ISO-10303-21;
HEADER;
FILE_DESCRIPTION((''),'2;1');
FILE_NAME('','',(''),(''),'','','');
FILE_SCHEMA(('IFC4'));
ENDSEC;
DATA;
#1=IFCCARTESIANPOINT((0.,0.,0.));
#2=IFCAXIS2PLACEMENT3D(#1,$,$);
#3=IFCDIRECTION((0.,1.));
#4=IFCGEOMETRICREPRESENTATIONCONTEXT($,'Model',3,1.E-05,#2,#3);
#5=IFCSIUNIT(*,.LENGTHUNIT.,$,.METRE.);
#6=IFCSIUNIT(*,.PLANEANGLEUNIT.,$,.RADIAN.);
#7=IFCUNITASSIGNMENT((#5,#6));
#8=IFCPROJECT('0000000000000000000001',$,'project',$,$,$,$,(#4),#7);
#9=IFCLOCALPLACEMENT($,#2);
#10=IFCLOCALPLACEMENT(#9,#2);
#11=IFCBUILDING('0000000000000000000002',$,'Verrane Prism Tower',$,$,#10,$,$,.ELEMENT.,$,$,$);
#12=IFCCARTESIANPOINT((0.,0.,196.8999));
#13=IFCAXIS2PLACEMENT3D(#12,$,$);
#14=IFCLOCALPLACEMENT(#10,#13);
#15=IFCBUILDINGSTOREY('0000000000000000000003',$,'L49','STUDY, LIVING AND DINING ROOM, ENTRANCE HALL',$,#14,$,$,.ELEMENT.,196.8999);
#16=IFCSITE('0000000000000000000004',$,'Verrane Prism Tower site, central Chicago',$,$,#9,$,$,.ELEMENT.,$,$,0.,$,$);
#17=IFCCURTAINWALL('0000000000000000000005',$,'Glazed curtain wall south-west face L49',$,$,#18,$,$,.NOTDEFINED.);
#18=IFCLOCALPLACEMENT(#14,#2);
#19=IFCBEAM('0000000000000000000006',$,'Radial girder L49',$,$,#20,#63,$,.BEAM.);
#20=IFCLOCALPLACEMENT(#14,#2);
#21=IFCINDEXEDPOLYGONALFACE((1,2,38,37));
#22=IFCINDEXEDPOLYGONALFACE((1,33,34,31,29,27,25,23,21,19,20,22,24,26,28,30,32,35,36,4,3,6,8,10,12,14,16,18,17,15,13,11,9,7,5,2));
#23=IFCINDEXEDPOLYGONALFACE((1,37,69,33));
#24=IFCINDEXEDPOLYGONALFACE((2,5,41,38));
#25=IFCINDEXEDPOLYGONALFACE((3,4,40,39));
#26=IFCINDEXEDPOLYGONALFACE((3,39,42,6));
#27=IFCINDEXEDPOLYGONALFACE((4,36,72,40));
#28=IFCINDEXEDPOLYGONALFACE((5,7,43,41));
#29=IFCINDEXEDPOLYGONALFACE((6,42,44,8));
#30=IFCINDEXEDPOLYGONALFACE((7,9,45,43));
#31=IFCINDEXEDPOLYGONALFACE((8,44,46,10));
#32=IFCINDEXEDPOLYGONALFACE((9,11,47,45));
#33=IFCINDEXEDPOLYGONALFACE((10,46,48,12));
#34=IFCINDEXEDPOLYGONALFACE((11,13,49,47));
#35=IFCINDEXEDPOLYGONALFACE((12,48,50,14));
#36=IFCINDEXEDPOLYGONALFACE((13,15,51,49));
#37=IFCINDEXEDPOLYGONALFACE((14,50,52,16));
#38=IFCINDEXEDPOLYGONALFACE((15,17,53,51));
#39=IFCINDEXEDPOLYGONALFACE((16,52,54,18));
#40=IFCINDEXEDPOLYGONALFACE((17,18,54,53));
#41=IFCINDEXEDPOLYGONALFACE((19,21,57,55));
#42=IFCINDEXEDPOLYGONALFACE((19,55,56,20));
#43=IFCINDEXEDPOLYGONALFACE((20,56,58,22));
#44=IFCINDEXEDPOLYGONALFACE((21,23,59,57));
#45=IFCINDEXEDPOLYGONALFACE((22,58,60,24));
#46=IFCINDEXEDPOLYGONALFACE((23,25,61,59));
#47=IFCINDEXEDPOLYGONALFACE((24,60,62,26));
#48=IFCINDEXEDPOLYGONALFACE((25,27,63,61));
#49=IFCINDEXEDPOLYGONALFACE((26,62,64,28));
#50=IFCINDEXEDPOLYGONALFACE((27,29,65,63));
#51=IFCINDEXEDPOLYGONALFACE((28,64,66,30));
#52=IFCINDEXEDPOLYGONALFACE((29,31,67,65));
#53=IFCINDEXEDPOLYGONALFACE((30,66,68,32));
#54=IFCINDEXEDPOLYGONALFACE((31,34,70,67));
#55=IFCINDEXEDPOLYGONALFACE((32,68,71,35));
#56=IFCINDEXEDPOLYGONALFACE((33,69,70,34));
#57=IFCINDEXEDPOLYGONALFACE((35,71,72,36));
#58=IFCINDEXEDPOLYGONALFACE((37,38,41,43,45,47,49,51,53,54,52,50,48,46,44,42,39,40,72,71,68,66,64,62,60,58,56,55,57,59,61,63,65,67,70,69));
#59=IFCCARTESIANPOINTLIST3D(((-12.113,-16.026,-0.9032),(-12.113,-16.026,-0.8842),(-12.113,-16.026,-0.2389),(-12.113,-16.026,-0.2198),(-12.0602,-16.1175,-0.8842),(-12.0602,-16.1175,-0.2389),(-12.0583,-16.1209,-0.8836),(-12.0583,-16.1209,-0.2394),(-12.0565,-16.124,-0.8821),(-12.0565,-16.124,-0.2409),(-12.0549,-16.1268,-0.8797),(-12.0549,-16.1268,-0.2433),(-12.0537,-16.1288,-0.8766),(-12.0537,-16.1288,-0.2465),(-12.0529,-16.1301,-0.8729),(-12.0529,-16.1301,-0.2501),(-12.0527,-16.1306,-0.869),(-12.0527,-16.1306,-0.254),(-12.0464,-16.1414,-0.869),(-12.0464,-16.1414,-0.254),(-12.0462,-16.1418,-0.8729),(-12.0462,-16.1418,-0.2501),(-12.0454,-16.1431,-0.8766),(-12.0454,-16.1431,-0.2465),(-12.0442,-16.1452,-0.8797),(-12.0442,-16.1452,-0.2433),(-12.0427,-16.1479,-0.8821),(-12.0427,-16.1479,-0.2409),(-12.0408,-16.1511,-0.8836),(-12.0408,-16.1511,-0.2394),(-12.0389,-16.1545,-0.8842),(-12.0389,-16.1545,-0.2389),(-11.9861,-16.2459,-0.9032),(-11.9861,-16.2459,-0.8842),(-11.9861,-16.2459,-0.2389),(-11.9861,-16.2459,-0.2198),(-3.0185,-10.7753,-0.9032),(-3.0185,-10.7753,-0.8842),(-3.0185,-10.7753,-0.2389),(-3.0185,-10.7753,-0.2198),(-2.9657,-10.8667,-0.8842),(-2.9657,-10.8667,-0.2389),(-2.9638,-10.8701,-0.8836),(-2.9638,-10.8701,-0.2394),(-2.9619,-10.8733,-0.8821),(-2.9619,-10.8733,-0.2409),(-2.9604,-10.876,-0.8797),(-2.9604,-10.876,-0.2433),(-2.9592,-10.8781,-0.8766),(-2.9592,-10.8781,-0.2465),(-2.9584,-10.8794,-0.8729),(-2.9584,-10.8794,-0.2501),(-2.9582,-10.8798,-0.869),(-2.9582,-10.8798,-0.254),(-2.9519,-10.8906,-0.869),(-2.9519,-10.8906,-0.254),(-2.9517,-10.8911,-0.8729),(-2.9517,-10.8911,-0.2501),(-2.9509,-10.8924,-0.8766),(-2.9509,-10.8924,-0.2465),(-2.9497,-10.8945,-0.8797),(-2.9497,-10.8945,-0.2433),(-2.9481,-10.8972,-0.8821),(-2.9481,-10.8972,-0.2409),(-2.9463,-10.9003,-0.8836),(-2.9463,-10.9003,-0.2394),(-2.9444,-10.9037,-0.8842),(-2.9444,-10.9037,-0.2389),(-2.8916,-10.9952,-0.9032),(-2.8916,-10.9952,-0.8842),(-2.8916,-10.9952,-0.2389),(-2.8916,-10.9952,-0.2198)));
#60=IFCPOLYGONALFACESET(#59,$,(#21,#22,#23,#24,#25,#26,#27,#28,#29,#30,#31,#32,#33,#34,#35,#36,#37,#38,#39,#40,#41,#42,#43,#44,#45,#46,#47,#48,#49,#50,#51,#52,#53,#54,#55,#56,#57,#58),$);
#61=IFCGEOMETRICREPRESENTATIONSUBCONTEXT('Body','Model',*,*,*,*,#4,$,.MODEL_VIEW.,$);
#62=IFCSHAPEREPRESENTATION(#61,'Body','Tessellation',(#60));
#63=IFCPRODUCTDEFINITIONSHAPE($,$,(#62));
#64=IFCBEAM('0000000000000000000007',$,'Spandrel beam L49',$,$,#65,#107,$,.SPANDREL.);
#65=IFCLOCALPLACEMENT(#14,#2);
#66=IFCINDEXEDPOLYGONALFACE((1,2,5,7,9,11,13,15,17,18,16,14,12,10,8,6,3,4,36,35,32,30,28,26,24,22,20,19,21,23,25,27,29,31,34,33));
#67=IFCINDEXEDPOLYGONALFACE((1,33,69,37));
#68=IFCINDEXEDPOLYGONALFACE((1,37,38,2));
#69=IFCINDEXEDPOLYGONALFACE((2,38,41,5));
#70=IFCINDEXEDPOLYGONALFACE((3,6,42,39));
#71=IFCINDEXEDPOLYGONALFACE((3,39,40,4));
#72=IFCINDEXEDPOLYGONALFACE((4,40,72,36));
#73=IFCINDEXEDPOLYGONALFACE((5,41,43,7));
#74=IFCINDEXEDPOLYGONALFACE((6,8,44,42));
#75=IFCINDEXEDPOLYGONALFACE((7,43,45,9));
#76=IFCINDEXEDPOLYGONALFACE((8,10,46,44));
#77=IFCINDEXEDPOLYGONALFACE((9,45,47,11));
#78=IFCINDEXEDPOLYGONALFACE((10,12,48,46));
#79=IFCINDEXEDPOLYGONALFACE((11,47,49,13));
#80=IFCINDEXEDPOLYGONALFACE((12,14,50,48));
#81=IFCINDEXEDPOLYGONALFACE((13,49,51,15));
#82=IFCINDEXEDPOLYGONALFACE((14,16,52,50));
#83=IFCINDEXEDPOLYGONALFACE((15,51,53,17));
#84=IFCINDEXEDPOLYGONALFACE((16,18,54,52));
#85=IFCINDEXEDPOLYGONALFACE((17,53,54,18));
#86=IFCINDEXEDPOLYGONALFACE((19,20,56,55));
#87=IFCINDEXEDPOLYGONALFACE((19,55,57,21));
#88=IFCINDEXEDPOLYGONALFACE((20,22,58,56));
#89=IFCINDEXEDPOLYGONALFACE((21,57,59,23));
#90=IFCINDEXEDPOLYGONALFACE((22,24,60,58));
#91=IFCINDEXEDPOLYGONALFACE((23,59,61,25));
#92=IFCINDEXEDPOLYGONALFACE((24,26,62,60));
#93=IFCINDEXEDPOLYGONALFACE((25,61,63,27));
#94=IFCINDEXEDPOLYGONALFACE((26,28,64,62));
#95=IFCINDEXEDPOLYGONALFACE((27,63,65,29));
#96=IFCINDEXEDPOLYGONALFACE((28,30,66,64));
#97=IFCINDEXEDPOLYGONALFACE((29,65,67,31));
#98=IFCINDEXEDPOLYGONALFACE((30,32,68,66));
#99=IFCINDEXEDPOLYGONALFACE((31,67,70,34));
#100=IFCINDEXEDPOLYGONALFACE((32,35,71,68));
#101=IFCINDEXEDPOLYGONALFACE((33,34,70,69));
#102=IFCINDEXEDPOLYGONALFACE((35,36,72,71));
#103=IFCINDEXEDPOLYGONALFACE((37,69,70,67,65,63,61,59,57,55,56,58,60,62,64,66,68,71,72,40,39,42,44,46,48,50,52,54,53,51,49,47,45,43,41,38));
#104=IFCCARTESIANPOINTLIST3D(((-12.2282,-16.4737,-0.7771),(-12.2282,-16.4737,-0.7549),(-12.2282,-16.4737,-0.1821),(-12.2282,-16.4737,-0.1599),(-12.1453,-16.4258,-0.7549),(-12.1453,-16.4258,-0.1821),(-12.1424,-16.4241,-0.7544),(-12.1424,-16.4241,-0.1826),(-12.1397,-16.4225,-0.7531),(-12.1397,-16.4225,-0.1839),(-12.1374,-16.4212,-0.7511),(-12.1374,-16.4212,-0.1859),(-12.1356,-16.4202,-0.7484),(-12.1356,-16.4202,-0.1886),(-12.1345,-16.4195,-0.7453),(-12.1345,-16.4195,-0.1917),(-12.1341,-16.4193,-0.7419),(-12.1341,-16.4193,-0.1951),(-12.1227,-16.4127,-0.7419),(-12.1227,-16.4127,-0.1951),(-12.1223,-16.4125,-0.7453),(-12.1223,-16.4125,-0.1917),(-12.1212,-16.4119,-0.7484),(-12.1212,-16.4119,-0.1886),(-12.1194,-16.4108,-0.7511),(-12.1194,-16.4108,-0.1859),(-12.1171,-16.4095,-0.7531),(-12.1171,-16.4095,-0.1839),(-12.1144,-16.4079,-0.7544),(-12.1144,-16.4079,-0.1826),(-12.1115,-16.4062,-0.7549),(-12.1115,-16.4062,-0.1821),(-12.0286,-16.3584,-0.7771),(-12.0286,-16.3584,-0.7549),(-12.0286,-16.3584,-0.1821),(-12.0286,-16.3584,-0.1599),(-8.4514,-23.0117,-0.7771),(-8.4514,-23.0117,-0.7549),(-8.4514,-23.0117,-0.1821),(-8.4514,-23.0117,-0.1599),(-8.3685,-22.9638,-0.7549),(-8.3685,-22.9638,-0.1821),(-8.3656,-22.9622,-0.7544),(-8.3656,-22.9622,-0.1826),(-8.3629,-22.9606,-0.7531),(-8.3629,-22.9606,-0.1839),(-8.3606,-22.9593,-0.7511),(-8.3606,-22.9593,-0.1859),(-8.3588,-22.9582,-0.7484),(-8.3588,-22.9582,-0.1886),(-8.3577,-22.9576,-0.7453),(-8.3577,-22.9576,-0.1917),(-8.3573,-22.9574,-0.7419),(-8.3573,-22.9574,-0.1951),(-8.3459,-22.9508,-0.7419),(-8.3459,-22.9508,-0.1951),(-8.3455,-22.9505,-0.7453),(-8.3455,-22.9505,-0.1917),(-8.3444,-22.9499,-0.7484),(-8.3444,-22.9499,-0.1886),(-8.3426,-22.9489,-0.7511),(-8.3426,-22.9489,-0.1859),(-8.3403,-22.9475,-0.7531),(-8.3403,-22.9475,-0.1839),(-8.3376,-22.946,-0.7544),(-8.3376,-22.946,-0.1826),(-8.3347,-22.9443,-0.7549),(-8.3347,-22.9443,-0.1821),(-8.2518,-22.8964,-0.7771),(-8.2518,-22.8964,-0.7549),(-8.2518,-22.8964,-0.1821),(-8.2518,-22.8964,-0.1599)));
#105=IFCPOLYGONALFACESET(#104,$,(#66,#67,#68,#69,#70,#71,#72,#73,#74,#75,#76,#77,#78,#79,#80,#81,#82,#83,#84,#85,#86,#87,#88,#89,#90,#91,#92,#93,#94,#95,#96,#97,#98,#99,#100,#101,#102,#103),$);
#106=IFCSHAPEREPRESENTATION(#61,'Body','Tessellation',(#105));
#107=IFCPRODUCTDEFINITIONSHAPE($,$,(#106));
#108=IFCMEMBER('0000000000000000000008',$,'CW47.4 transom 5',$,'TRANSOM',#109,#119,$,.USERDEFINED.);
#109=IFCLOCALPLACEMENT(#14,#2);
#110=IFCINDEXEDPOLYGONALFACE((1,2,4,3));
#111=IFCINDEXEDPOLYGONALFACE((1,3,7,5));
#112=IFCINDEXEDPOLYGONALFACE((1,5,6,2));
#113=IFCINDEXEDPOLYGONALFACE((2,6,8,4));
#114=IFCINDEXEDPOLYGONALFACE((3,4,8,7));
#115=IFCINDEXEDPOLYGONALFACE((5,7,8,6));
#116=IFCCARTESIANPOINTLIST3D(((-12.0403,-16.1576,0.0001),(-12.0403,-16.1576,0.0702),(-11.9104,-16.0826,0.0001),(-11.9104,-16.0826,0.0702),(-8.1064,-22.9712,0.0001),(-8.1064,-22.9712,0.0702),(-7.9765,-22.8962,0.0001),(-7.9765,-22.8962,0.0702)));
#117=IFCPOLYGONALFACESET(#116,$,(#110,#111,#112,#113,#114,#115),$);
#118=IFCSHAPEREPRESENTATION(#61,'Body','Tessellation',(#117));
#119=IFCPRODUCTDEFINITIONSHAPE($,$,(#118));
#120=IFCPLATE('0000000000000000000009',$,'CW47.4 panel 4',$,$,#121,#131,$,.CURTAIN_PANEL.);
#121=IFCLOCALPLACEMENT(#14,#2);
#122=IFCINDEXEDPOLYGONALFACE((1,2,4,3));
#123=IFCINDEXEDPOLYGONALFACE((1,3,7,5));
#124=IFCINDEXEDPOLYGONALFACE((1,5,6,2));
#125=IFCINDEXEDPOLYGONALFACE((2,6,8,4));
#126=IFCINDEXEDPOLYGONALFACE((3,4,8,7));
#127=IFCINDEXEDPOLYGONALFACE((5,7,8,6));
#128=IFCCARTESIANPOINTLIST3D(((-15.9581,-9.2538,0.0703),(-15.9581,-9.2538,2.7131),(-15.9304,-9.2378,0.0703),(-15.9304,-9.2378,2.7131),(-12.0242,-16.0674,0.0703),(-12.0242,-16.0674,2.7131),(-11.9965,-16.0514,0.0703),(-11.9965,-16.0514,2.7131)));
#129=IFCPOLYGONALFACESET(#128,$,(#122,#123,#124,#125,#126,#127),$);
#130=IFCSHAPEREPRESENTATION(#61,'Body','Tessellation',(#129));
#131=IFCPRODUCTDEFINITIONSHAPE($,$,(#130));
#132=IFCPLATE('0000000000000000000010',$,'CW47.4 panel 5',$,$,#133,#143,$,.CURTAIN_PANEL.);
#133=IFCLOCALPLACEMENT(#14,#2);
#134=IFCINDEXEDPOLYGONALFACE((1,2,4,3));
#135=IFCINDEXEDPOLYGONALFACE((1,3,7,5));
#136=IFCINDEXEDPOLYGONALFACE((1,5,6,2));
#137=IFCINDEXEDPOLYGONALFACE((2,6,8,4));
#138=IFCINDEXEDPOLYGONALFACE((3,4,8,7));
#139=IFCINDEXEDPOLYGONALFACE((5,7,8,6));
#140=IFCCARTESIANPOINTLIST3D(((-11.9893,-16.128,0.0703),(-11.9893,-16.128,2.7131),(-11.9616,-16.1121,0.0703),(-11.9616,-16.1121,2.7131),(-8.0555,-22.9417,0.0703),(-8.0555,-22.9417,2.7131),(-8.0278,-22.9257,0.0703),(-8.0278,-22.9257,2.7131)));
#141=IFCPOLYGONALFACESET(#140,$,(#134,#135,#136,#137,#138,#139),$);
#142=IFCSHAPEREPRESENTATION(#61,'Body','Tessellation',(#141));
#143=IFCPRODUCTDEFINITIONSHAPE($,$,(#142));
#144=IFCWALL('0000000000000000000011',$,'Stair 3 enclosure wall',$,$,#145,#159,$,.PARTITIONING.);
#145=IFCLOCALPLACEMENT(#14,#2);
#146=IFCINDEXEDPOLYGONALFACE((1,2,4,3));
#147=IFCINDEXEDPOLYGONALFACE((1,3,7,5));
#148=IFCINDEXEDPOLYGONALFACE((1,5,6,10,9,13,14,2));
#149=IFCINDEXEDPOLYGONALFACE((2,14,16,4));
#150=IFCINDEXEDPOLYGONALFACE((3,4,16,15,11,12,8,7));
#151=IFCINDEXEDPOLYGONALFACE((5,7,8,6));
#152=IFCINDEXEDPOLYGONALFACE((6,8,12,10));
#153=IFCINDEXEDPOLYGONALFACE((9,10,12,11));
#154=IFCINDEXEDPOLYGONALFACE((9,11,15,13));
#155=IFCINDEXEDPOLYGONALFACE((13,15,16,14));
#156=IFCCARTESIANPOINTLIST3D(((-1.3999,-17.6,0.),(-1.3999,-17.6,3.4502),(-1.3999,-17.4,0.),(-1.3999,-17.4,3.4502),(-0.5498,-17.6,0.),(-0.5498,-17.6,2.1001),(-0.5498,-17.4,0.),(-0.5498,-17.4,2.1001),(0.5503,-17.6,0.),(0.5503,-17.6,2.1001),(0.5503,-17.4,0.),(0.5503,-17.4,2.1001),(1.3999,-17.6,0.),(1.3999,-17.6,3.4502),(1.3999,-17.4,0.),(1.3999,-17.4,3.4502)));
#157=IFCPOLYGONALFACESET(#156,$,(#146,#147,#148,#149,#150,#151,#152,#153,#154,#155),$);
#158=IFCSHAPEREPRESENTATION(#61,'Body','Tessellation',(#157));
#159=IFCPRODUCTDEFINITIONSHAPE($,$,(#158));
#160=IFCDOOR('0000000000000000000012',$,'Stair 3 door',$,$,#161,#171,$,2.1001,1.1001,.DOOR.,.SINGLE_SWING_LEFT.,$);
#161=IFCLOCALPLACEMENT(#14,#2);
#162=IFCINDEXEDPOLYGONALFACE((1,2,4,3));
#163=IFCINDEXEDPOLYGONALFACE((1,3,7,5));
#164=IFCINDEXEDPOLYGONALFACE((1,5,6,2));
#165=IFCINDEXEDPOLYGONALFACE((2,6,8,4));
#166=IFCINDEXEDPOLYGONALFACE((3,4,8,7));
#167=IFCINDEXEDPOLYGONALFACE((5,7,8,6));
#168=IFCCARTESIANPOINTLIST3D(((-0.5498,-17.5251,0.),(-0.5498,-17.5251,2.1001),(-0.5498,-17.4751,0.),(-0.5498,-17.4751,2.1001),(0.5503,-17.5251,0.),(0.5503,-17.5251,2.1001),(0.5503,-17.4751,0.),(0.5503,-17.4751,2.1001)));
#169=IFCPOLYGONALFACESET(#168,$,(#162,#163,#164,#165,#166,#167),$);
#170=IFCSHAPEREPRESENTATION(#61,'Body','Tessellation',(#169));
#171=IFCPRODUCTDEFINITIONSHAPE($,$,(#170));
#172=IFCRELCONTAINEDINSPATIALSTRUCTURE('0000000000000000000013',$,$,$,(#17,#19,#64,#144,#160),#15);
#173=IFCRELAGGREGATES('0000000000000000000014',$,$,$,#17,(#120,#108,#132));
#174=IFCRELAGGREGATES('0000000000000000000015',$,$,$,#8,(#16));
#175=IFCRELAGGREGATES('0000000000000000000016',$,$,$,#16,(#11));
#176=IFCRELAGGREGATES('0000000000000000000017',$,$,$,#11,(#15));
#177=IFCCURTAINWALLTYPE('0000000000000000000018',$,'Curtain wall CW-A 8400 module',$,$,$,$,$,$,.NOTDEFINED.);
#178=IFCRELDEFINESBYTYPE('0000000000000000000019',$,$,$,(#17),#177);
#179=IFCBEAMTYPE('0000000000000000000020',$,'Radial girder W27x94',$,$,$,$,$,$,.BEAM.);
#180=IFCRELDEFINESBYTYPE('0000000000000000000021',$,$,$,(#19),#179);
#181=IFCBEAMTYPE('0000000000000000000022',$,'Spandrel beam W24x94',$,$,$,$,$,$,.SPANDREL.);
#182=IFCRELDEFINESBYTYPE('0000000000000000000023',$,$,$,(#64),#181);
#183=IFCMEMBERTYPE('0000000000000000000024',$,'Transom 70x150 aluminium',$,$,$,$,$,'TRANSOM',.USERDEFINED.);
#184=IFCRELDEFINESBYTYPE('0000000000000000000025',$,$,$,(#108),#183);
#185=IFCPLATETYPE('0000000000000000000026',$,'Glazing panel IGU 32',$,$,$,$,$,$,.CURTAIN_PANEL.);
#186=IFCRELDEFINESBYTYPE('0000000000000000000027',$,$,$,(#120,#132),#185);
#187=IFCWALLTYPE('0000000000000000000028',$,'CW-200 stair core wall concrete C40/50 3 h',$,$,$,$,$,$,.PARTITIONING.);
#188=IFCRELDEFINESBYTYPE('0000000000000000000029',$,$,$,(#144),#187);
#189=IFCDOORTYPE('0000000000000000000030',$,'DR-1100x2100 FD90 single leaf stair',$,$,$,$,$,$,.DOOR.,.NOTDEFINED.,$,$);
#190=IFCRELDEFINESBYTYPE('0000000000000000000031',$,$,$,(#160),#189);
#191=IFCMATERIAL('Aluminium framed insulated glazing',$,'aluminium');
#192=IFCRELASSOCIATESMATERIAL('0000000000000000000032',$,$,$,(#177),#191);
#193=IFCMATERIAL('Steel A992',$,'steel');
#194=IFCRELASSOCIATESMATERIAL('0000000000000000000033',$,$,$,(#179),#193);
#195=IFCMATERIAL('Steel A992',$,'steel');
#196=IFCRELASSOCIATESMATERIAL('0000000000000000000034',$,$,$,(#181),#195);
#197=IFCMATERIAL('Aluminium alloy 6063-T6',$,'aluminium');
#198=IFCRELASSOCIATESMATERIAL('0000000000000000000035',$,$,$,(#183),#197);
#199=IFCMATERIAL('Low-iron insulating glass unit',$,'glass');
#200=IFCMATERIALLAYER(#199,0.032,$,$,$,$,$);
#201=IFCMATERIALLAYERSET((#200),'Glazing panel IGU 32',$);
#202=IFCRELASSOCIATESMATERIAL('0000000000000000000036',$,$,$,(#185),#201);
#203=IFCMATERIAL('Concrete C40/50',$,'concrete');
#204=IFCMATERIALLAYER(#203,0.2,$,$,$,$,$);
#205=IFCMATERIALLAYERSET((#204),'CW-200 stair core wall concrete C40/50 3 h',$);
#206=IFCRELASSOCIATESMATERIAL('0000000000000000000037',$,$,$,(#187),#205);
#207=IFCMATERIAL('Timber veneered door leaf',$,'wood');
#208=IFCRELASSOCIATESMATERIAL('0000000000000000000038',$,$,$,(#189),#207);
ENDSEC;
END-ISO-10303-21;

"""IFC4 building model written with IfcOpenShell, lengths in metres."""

from ifc_helpers import new_model, si_unit, direction, frame, frame_2d, origin, origin_2d, place, context, subcontext, project, spatial, rectangle, i_section, extrude, material, layer, layer_set, material_profile, profile_set, type_object, element, fill, aggregate, save


model = new_model("IFC4")

# Units and contexts
model_context = context("Model", 3, precision=1e-05, world=origin(), true_north=direction((0.0, 1.0)))
body_context = subcontext(model_context, "Body", "Model", "MODEL_VIEW")
ifc_project = project(units=[si_unit("LENGTHUNIT", "METRE"), si_unit("PLANEANGLEUNIT", "RADIAN")], contexts=[model_context])

# Site, building, storey
site_placement = place(None, origin())
site = spatial("IfcSite", under=ifc_project, at=site_placement, Name="Verrane Prism Tower site, central Chicago", CompositionType="ELEMENT", RefElevation=0.0)
building_placement = place(site_placement, origin())
building = spatial("IfcBuilding", under=site, at=building_placement, Name="Verrane Prism Tower", CompositionType="ELEMENT")
storey_placement = place(building_placement, frame((0.0, 0.0, 196.8999)))
storey = spatial("IfcBuildingStorey", under=building, at=storey_placement, Name="L49", Description="STUDY, LIVING AND DINING ROOM, ENTRANCE HALL", CompositionType="ELEMENT", Elevation=196.8999)

# Curtain wall
ifc_material_1 = material(Name="Aluminium framed insulated glazing", Category="aluminium")
curtain_wall_type = type_object("IfcCurtainWallType", Name="Curtain wall CW-A 8400 module", PredefinedType="NOTDEFINED", material=ifc_material_1)
curtain_wall_placement = place(storey_placement, origin())
curtain_wall = element("IfcCurtainWall", 1, at=curtain_wall_placement, inside=storey, type_object=curtain_wall_type, Name="Glazed curtain wall south-west face L49", PredefinedType="NOTDEFINED")

# Beams
ifc_material_2 = material(Name="Steel A992", Category="steel")
ifc_material_profile_1 = material_profile(ifc_material_2, i_section(OverallWidth=0.2539, OverallDepth=0.6833, WebThickness=0.0125, FlangeThickness=0.019, FilletRadius=0.0151, at=origin_2d()), Name="W27x94")
ifc_profile_set_1 = profile_set([ifc_material_profile_1], Name="Steel A992")
beam_type_1 = type_object("IfcBeamType", Name="Radial girder W27x94", PredefinedType="BEAM", material=ifc_profile_set_1)
beam_1_placement = place(storey_placement, frame((-12.0496, -16.136, -0.5615), z_axis=(0.866024, 0.500002, 0.0), x_axis=(-0.500002, 0.866024, 0.0)))
element("IfcBeam", 2, at=beam_1_placement, inside=storey, type_object=beam_type_1, Name="Radial girder L49", PredefinedType="BEAM", context=body_context, shape_type="SweptSolid", body=[
    extrude(i_section(OverallWidth=0.2539, OverallDepth=0.6833, WebThickness=0.0125, FlangeThickness=0.019, FilletRadius=0.0151, at=origin_2d()), origin(), (0.0, 0.0, 1.0), 10.5015),
])
ifc_material_3 = material(Name="Steel A992", Category="steel")
ifc_material_profile_2 = material_profile(ifc_material_3, i_section(OverallWidth=0.2305, OverallDepth=0.6172, WebThickness=0.0132, FlangeThickness=0.0222, FilletRadius=0.0129, at=origin_2d()), Name="W24x94")
ifc_profile_set_2 = profile_set([ifc_material_profile_2], Name="Steel A992")
beam_type_2 = type_object("IfcBeamType", Name="Spandrel beam W24x94", PredefinedType="SPANDREL", material=ifc_profile_set_2)
beam_2_placement = place(storey_placement, frame((-12.1284, -16.416, -0.4685), z_axis=(0.500208, -0.865906, 0.0), x_axis=(0.865906, 0.500208, 0.0)))
element("IfcBeam", 3, at=beam_2_placement, inside=storey, type_object=beam_type_2, Name="Spandrel beam L49", PredefinedType="SPANDREL", context=body_context, shape_type="SweptSolid", body=[
    extrude(i_section(OverallWidth=0.2305, OverallDepth=0.6172, WebThickness=0.0132, FlangeThickness=0.0222, FilletRadius=0.0129, at=origin_2d()), origin(), (0.0, 0.0, 1.0), 7.5505),
])

# Member
ifc_material_4 = material(Name="Aluminium alloy 6063-T6", Category="aluminium")
ifc_material_profile_3 = material_profile(ifc_material_4, rectangle(XDim=0.1499, YDim=0.0701, at=origin_2d()), Name="Transom 70x150 aluminium")
ifc_profile_set_3 = profile_set([ifc_material_profile_3], Name="Aluminium alloy 6063-T6")
member_type_1 = type_object("IfcMemberType", Name="Transom 70x150 aluminium", ElementType="TRANSOM", PredefinedType="USERDEFINED", material=ifc_profile_set_3)
member_1_placement = place(storey_placement, frame((-11.9753, -16.1201, 0.0352), z_axis=(0.500007, -0.866021, 0.0), x_axis=(0.866021, 0.500007, 0.0)))
member_1 = element("IfcMember", 4, at=member_1_placement, type_object=member_type_1, Name="CW47.4 transom 5", ObjectType="TRANSOM", PredefinedType="USERDEFINED", context=body_context, shape_type="SweptSolid", body=[
    extrude(rectangle(XDim=0.1499, YDim=0.0701, at=origin_2d()), origin(), (0.0, 0.0, 1.0), 7.8677),
])

# Plates
ifc_material_5 = material(Name="Low-iron insulating glass unit", Category="glass")
ifc_layer_1 = layer(ifc_material_5, 0.032)
ifc_layer_set_1 = layer_set([ifc_layer_1], Name="Glazing panel IGU 32")
plate_type = type_object("IfcPlateType", Name="Glazing panel IGU 32", PredefinedType="CURTAIN_PANEL", material=ifc_layer_set_1)
plate_1_placement = place(storey_placement, frame((-13.9773, -12.6526, 0.0703), z_axis=(0.0, 0.0, 1.0), x_axis=(0.5, -0.866026, 0.0)))
plate_1 = element("IfcPlate", 5, at=plate_1_placement, type_object=plate_type, Name="CW47.4 panel 4", PredefinedType="CURTAIN_PANEL", context=body_context, shape_type="SweptSolid", body=[
    extrude(rectangle(XDim=7.8677, YDim=0.032, at=origin_2d()), origin(), (0.0, 0.0, 1.0), 2.6428),
])
plate_2_placement = place(storey_placement, frame((-10.0085, -19.5269, 0.0703), z_axis=(0.0, 0.0, 1.0), x_axis=(0.5, -0.866026, 0.0)))
plate_2 = element("IfcPlate", 6, at=plate_2_placement, type_object=plate_type, Name="CW47.4 panel 5", PredefinedType="CURTAIN_PANEL", context=body_context, shape_type="SweptSolid", body=[
    extrude(rectangle(XDim=7.8677, YDim=0.032, at=origin_2d()), origin(), (0.0, 0.0, 1.0), 2.6428),
])
aggregate(curtain_wall, [plate_1, member_1, plate_2])

# Wall, opening, door
ifc_material_6 = material(Name="Concrete C40/50", Category="concrete")
ifc_layer_2 = layer(ifc_material_6, 0.2)
ifc_layer_set_2 = layer_set([ifc_layer_2], Name="CW-200 stair core wall concrete C40/50 3 h")
wall_type_1 = type_object("IfcWallType", Name="CW-200 stair core wall concrete C40/50 3 h", PredefinedType="PARTITIONING", material=ifc_layer_set_2)
wall_1_placement = place(storey_placement, frame((-1.3999, -17.5, 0.0), z_axis=(0.0, 0.0, 1.0), x_axis=(1.0, 0.0, 0.0)))
wall_1 = element("IfcWall", 7, at=wall_1_placement, inside=storey, type_object=wall_type_1, Name="Stair 3 enclosure wall", PredefinedType="PARTITIONING", context=body_context, shape_type="SweptSolid", body=[
    extrude(rectangle(XDim=2.7998, YDim=0.2, at=frame_2d((1.3999, 0.0))), origin(), (0.0, 0.0, 1.0), 3.4502),
])
opening_1_placement = place(wall_1_placement, frame((0.8501, 0.0, 0.0)))
opening_1 = element("IfcOpeningElement", 8, at=opening_1_placement, cuts=wall_1, PredefinedType="OPENING", context=body_context, shape_type="SweptSolid", body=[
    extrude(rectangle(XDim=1.1001, YDim=2.1001, at=frame_2d((0.55, 1.05))), frame((0.0, 0.1099, 0.0), z_axis=(0.0, -1.0, 0.0), x_axis=(1.0, 0.0, 0.0)), (0.0, 0.0, 1.0), 0.22),
])
ifc_material_7 = material(Name="Timber veneered door leaf", Category="wood")
door_type_1 = type_object("IfcDoorType", Name="DR-1100x2100 FD90 single leaf stair", OperationType="NOTDEFINED", PredefinedType="DOOR", material=ifc_material_7)
door_1_placement = place(opening_1_placement, origin())
door_1 = element("IfcDoor", 9, at=door_1_placement, inside=storey, type_object=door_type_1, Name="Stair 3 door", OperationType="SINGLE_SWING_LEFT", OverallHeight=2.1001, OverallWidth=1.1001, PredefinedType="DOOR", context=body_context, shape_type="SweptSolid", body=[
    extrude(rectangle(XDim=1.1001, YDim=2.1001, at=frame_2d((0.55, 1.05))), frame((0.0, 0.0249, 0.0), z_axis=(0.0, -1.0, 0.0), x_axis=(1.0, 0.0, 0.0)), (0.0, 0.0, 1.0), 0.05),
])
fill(opening_1, door_1)

save(model, "model.ifc")
